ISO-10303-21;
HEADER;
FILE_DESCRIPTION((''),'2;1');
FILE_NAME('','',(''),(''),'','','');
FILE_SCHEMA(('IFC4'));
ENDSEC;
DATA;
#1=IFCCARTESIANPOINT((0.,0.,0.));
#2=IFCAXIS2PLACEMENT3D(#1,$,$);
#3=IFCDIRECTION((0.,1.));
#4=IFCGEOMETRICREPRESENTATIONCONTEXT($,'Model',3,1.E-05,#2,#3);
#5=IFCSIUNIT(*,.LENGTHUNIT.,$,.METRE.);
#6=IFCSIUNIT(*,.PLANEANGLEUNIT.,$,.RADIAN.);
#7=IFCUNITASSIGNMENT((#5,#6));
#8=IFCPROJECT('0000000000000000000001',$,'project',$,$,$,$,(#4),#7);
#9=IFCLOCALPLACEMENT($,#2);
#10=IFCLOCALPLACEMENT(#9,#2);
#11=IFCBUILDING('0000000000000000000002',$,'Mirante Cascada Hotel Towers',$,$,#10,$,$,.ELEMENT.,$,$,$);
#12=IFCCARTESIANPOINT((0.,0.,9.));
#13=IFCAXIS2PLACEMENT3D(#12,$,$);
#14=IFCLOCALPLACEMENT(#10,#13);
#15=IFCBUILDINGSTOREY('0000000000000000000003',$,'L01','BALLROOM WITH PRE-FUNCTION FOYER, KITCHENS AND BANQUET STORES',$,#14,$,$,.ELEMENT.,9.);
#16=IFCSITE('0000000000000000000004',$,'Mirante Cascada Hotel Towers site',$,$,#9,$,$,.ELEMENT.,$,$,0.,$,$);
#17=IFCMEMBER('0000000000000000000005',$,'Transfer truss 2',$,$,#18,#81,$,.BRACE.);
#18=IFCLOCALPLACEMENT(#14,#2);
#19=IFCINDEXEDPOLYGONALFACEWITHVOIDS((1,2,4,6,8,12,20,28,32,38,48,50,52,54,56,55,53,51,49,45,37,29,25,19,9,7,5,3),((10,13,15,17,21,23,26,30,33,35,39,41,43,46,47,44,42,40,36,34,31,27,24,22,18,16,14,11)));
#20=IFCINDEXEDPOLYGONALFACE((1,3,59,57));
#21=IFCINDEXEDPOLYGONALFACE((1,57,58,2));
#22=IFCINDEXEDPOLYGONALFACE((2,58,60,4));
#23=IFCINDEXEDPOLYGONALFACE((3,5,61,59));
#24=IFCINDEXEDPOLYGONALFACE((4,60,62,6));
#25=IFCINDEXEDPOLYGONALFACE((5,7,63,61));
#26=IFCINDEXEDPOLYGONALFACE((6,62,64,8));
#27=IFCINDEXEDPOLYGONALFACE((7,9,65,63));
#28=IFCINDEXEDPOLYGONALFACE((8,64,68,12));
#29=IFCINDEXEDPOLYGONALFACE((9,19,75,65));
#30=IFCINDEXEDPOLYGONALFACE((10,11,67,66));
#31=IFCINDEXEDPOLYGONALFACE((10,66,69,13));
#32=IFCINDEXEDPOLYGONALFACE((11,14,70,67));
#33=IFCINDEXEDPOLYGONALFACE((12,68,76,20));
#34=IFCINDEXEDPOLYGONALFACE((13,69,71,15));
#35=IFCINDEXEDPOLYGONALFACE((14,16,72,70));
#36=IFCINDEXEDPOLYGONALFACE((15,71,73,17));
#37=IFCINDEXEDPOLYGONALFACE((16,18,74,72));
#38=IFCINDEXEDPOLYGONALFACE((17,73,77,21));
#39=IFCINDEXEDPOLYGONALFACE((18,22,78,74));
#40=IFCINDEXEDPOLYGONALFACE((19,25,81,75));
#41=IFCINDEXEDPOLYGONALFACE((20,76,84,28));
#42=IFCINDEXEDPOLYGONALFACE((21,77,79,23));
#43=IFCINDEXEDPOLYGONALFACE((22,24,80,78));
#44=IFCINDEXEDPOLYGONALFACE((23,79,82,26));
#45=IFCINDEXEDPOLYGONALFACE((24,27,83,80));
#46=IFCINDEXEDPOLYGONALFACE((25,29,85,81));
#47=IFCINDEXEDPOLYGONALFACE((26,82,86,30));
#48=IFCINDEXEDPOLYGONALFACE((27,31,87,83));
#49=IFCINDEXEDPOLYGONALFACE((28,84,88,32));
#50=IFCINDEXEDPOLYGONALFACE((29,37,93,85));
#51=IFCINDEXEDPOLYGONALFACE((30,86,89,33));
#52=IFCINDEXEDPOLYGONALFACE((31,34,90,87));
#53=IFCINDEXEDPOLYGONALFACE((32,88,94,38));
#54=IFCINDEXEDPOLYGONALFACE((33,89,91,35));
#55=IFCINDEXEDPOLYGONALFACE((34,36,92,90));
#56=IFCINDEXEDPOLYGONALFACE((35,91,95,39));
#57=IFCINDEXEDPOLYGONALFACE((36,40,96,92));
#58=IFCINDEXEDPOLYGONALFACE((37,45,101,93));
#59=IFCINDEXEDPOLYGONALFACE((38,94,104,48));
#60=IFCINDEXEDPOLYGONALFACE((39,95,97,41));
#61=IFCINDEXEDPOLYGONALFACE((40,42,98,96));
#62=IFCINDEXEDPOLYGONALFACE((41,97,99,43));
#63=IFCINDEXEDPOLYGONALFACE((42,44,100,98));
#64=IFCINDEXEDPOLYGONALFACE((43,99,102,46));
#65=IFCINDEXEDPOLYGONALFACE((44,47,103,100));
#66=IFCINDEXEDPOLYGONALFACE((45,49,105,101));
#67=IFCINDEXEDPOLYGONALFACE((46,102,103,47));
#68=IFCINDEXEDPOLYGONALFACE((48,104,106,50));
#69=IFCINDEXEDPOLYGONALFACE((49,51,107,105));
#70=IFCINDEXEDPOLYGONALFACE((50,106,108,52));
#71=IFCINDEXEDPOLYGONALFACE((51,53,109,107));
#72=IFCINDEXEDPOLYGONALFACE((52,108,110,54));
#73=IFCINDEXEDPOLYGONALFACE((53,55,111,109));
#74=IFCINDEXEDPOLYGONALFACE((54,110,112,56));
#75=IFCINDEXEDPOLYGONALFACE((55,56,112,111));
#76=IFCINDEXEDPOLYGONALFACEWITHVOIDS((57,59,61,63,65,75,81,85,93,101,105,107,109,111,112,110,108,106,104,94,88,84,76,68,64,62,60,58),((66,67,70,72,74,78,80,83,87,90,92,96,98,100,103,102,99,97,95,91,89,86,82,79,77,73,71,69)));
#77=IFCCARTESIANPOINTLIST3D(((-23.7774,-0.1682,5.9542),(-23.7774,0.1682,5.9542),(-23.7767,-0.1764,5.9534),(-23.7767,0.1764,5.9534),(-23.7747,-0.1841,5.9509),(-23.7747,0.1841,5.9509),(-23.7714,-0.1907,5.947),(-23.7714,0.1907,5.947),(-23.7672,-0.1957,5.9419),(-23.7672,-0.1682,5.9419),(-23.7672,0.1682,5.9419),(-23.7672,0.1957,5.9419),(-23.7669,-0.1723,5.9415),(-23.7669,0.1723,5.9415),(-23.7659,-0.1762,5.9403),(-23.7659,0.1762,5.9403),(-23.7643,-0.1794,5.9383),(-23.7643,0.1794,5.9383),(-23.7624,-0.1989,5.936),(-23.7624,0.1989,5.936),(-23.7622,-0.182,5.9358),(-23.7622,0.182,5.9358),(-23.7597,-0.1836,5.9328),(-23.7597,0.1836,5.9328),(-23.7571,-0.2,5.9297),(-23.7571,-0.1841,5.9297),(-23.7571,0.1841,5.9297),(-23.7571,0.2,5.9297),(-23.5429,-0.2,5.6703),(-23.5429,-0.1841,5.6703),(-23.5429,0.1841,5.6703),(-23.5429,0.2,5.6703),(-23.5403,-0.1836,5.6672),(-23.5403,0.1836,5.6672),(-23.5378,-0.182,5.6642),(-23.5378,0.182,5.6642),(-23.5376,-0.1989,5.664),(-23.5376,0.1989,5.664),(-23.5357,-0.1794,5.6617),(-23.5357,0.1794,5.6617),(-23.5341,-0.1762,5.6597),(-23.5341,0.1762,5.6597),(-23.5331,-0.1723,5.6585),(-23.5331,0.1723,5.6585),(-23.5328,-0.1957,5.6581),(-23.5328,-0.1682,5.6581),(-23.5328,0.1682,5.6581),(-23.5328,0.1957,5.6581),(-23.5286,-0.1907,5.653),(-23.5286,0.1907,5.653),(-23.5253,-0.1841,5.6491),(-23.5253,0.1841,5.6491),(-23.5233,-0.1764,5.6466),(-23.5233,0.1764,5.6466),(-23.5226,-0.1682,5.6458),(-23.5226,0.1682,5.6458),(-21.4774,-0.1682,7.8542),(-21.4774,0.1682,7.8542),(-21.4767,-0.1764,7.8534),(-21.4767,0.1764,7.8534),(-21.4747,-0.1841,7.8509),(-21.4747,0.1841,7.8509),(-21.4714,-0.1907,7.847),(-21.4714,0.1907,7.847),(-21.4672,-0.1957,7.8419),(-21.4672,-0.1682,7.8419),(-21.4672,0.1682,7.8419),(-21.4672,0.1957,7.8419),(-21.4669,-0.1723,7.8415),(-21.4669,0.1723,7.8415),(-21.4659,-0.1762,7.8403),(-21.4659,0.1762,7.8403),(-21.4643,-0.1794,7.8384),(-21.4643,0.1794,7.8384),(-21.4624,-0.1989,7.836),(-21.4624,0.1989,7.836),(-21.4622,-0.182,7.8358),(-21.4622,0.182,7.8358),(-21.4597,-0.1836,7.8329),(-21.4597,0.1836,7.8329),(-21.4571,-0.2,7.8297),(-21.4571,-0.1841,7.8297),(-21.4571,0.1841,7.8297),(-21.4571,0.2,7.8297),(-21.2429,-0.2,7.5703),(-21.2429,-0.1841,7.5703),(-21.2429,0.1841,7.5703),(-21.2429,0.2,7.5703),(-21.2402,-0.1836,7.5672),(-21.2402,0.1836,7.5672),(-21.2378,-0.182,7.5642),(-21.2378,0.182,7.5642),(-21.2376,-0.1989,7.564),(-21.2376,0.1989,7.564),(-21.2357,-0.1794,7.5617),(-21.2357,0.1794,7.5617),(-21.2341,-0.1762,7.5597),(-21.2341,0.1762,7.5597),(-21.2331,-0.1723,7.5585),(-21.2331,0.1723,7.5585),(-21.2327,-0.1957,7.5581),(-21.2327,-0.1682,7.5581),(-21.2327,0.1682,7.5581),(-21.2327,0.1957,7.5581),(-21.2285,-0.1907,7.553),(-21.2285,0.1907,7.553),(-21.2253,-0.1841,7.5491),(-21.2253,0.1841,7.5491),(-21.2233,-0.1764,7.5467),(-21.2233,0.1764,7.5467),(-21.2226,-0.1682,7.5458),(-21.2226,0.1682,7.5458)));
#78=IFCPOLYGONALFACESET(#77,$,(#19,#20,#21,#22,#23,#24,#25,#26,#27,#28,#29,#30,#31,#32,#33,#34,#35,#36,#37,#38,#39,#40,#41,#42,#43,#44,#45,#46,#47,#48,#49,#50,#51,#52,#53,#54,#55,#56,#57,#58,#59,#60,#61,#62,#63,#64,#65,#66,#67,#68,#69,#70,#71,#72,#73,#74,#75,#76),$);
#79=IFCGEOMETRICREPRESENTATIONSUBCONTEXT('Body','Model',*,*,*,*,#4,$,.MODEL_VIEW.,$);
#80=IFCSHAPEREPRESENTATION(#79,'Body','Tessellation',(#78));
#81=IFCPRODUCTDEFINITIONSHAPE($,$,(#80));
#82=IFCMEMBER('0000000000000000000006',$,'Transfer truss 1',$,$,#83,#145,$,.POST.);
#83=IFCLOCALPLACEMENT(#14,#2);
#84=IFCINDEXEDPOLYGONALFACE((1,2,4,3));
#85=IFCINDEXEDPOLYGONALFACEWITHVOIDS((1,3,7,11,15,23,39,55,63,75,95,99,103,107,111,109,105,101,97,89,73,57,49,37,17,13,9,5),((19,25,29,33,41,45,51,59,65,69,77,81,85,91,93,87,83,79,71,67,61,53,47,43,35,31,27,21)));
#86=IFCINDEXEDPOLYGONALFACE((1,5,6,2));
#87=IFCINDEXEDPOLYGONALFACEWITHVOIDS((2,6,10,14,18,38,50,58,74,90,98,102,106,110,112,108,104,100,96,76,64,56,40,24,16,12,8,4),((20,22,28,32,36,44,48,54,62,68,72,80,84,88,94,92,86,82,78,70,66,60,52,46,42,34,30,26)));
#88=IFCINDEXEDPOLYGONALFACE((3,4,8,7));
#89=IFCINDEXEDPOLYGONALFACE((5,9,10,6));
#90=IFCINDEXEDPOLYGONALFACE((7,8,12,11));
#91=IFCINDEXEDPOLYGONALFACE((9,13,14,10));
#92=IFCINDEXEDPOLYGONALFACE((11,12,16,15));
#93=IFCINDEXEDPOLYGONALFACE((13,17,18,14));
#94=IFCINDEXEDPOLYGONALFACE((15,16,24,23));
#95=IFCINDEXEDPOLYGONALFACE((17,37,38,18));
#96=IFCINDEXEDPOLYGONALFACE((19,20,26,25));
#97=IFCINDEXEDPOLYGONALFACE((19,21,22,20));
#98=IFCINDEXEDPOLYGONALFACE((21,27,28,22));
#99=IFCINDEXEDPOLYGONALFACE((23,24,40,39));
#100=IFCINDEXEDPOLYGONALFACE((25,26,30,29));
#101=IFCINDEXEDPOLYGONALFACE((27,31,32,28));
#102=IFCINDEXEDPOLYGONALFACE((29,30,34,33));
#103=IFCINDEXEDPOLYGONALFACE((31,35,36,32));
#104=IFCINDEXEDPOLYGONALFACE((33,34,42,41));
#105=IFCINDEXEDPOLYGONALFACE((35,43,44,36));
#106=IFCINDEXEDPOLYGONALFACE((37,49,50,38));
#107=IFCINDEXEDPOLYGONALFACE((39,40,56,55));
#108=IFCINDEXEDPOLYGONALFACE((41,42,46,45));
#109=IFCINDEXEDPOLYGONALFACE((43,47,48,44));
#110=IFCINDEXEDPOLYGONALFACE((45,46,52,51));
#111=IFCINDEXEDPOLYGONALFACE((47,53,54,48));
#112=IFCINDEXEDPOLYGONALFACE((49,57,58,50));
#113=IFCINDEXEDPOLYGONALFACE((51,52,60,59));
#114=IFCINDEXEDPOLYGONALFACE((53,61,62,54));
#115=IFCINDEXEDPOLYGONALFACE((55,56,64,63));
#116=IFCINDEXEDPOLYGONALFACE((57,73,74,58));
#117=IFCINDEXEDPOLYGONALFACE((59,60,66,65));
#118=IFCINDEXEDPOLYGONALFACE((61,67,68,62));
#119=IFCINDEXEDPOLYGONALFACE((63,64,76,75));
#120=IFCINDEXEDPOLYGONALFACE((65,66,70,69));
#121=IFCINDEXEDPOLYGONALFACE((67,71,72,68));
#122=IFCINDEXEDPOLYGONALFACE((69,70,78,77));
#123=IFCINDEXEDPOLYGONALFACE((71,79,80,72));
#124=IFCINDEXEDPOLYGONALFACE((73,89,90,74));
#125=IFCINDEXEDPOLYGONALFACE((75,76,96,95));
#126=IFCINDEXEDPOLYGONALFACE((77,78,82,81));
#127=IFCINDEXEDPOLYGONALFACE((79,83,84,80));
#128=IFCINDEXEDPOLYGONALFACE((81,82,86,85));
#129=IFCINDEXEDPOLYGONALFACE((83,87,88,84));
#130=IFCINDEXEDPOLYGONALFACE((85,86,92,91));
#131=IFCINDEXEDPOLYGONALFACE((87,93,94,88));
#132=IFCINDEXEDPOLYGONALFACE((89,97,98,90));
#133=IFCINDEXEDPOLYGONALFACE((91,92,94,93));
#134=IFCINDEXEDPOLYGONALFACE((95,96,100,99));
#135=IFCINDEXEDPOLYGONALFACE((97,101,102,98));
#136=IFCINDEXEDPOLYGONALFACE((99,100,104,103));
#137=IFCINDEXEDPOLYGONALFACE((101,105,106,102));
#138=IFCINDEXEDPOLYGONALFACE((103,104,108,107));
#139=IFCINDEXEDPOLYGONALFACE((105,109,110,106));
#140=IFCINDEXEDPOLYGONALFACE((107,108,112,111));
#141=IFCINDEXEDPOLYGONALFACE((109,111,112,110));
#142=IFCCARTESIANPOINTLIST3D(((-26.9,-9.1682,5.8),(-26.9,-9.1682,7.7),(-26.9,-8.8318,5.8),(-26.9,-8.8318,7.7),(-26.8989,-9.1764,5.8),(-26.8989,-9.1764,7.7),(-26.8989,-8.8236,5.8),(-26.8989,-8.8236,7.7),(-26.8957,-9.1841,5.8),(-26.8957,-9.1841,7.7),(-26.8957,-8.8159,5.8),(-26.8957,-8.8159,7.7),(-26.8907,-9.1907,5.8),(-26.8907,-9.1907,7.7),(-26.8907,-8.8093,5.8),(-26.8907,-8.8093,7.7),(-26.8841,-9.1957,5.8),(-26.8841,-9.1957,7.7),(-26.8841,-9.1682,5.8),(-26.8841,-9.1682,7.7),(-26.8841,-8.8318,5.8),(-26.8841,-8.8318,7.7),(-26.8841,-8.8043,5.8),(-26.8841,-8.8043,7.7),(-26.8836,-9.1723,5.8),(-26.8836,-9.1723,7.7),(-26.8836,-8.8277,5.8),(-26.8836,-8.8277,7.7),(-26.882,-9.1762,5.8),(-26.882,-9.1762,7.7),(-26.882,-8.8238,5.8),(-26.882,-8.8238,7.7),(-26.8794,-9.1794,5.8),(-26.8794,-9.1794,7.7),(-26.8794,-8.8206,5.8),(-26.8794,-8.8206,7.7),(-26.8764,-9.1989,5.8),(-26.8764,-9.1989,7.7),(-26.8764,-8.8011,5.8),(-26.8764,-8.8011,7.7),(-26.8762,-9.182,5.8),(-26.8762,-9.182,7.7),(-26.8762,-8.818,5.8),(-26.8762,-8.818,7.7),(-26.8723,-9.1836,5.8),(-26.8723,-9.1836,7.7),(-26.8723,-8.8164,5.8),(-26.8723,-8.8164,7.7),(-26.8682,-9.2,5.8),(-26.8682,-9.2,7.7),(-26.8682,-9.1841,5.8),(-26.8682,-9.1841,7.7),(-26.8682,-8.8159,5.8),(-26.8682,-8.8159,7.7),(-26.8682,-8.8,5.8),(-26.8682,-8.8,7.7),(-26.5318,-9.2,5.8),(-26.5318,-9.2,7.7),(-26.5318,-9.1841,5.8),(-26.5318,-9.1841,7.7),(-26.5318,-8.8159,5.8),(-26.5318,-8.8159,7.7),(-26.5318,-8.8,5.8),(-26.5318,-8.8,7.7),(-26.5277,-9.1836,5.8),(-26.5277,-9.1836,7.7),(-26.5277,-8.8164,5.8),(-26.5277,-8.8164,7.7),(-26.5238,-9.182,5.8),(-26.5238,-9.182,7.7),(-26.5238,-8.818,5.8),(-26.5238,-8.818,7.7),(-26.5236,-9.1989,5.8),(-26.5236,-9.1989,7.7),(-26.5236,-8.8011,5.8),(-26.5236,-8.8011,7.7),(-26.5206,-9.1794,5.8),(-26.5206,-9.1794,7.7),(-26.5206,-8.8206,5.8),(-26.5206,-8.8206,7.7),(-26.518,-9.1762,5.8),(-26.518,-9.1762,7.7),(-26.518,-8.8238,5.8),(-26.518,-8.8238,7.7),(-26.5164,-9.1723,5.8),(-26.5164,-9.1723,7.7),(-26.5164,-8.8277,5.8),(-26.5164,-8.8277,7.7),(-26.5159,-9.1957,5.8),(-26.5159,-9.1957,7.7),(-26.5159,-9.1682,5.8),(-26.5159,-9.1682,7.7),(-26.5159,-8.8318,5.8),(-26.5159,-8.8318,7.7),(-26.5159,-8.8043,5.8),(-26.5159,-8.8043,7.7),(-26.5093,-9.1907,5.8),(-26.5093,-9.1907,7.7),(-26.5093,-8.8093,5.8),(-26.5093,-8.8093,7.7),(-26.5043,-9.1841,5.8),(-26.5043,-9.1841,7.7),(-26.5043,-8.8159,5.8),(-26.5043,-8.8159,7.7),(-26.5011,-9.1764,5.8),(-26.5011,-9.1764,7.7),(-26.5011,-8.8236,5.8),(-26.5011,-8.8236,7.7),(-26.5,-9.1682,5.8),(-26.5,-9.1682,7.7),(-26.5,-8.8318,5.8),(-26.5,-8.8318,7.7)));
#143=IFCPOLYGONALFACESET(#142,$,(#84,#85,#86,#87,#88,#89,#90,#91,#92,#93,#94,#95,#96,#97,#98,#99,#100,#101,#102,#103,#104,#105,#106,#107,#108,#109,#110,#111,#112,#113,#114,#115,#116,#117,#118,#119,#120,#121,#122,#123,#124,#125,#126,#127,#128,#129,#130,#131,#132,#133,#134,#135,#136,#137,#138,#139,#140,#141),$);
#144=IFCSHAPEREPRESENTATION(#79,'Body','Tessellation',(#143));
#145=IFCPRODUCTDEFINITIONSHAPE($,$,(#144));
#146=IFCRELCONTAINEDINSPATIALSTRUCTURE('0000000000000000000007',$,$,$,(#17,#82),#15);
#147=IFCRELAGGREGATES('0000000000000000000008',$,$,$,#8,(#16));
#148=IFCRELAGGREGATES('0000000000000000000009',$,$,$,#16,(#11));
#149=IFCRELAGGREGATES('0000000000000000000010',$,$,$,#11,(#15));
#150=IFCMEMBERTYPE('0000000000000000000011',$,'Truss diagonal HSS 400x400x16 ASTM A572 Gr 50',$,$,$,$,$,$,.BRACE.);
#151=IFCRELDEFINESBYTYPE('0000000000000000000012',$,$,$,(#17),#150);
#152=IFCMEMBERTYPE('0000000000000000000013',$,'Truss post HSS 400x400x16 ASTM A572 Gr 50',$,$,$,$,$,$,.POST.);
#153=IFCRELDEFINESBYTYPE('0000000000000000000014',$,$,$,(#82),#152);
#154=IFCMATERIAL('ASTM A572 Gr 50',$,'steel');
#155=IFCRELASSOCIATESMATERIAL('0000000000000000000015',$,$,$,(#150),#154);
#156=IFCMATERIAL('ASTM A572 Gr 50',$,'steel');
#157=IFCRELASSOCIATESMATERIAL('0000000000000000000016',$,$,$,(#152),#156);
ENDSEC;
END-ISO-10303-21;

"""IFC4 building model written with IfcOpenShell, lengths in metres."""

from ifc_helpers import new_model, si_unit, direction, frame, origin, origin_2d, place, context, subcontext, project, spatial, hollow_rectangle, extrude, material, material_profile, profile_set, type_object, element, save


model = new_model("IFC4")

# Units and contexts
model_context = context("Model", 3, precision=1e-05, world=origin(), true_north=direction((0.0, 1.0)))
body_context = subcontext(model_context, "Body", "Model", "MODEL_VIEW")
ifc_project = project(units=[si_unit("LENGTHUNIT", "METRE"), si_unit("PLANEANGLEUNIT", "RADIAN")], contexts=[model_context])

# Site, building, storey
site_placement = place(None, origin())
site = spatial("IfcSite", under=ifc_project, at=site_placement, Name="Mirante Cascada Hotel Towers site", CompositionType="ELEMENT", RefElevation=0.0)
building_placement = place(site_placement, origin())
building = spatial("IfcBuilding", under=site, at=building_placement, Name="Mirante Cascada Hotel Towers", CompositionType="ELEMENT")
storey_placement = place(building_placement, frame((0.0, 0.0, 9.0)))
storey = spatial("IfcBuildingStorey", under=building, at=storey_placement, Name="L01", Description="BALLROOM WITH PRE-FUNCTION FOYER, KITCHENS AND BANQUET STORES", CompositionType="ELEMENT", Elevation=9.0)

# Members
ifc_material_1 = material(Name="ASTM A572 Gr 50", Category="steel")
ifc_material_profile_1 = material_profile(ifc_material_1, hollow_rectangle(XDim=0.4, YDim=0.4, WallThickness=0.0159, InnerFilletRadius=0.0159, OuterFilletRadius=0.0318, at=origin_2d()), Name="HSS 400x400x16")
ifc_profile_set_1 = profile_set([ifc_material_profile_1], Name="ASTM A572 Gr 50")
member_type_1 = type_object("IfcMemberType", Name="Truss diagonal HSS 400x400x16 ASTM A572 Gr 50", PredefinedType="BRACE", material=ifc_profile_set_1)
member_1_placement = place(storey_placement, frame((-23.65, 0.0, 5.8), z_axis=(0.770962, 0.0, 0.636881), x_axis=(0.0, 1.0, 0.0)))
element("IfcMember", 1, at=member_1_placement, inside=storey, type_object=member_type_1, Name="Transfer truss 2", PredefinedType="BRACE", context=body_context, shape_type="SweptSolid", body=[
    extrude(hollow_rectangle(XDim=0.4, YDim=0.4, WallThickness=0.0159, InnerFilletRadius=0.0159, OuterFilletRadius=0.0318, at=origin_2d()), origin(), (0.0, 0.0, 1.0), 2.9833),
])
ifc_material_2 = material(Name="ASTM A572 Gr 50", Category="steel")
ifc_material_profile_2 = material_profile(ifc_material_2, hollow_rectangle(XDim=0.4, YDim=0.4, WallThickness=0.0159, InnerFilletRadius=0.0159, OuterFilletRadius=0.0318, at=origin_2d()), Name="HSS 400x400x16")
ifc_profile_set_2 = profile_set([ifc_material_profile_2], Name="ASTM A572 Gr 50")
member_type_2 = type_object("IfcMemberType", Name="Truss post HSS 400x400x16 ASTM A572 Gr 50", PredefinedType="POST", material=ifc_profile_set_2)
for number, where, z_axis, x_axis, name in (
    (2, (-26.7, -9.0, 5.8), (0.0, 0.0, 1.0), (1.0, 0.0, 0.0), "Transfer truss 1"),
):
    element("IfcMember", number, at=place(storey_placement, frame(where, z_axis=z_axis, x_axis=x_axis)), inside=storey, type_object=member_type_2, Name=name, PredefinedType="POST", context=body_context, shape_type="SweptSolid", body=[
        extrude(hollow_rectangle(XDim=0.4, YDim=0.4, WallThickness=0.0159, InnerFilletRadius=0.0159, OuterFilletRadius=0.0318, at=origin_2d()), origin(), (0.0, 0.0, 1.0), 1.9),
    ])

save(model, "model.ifc")
